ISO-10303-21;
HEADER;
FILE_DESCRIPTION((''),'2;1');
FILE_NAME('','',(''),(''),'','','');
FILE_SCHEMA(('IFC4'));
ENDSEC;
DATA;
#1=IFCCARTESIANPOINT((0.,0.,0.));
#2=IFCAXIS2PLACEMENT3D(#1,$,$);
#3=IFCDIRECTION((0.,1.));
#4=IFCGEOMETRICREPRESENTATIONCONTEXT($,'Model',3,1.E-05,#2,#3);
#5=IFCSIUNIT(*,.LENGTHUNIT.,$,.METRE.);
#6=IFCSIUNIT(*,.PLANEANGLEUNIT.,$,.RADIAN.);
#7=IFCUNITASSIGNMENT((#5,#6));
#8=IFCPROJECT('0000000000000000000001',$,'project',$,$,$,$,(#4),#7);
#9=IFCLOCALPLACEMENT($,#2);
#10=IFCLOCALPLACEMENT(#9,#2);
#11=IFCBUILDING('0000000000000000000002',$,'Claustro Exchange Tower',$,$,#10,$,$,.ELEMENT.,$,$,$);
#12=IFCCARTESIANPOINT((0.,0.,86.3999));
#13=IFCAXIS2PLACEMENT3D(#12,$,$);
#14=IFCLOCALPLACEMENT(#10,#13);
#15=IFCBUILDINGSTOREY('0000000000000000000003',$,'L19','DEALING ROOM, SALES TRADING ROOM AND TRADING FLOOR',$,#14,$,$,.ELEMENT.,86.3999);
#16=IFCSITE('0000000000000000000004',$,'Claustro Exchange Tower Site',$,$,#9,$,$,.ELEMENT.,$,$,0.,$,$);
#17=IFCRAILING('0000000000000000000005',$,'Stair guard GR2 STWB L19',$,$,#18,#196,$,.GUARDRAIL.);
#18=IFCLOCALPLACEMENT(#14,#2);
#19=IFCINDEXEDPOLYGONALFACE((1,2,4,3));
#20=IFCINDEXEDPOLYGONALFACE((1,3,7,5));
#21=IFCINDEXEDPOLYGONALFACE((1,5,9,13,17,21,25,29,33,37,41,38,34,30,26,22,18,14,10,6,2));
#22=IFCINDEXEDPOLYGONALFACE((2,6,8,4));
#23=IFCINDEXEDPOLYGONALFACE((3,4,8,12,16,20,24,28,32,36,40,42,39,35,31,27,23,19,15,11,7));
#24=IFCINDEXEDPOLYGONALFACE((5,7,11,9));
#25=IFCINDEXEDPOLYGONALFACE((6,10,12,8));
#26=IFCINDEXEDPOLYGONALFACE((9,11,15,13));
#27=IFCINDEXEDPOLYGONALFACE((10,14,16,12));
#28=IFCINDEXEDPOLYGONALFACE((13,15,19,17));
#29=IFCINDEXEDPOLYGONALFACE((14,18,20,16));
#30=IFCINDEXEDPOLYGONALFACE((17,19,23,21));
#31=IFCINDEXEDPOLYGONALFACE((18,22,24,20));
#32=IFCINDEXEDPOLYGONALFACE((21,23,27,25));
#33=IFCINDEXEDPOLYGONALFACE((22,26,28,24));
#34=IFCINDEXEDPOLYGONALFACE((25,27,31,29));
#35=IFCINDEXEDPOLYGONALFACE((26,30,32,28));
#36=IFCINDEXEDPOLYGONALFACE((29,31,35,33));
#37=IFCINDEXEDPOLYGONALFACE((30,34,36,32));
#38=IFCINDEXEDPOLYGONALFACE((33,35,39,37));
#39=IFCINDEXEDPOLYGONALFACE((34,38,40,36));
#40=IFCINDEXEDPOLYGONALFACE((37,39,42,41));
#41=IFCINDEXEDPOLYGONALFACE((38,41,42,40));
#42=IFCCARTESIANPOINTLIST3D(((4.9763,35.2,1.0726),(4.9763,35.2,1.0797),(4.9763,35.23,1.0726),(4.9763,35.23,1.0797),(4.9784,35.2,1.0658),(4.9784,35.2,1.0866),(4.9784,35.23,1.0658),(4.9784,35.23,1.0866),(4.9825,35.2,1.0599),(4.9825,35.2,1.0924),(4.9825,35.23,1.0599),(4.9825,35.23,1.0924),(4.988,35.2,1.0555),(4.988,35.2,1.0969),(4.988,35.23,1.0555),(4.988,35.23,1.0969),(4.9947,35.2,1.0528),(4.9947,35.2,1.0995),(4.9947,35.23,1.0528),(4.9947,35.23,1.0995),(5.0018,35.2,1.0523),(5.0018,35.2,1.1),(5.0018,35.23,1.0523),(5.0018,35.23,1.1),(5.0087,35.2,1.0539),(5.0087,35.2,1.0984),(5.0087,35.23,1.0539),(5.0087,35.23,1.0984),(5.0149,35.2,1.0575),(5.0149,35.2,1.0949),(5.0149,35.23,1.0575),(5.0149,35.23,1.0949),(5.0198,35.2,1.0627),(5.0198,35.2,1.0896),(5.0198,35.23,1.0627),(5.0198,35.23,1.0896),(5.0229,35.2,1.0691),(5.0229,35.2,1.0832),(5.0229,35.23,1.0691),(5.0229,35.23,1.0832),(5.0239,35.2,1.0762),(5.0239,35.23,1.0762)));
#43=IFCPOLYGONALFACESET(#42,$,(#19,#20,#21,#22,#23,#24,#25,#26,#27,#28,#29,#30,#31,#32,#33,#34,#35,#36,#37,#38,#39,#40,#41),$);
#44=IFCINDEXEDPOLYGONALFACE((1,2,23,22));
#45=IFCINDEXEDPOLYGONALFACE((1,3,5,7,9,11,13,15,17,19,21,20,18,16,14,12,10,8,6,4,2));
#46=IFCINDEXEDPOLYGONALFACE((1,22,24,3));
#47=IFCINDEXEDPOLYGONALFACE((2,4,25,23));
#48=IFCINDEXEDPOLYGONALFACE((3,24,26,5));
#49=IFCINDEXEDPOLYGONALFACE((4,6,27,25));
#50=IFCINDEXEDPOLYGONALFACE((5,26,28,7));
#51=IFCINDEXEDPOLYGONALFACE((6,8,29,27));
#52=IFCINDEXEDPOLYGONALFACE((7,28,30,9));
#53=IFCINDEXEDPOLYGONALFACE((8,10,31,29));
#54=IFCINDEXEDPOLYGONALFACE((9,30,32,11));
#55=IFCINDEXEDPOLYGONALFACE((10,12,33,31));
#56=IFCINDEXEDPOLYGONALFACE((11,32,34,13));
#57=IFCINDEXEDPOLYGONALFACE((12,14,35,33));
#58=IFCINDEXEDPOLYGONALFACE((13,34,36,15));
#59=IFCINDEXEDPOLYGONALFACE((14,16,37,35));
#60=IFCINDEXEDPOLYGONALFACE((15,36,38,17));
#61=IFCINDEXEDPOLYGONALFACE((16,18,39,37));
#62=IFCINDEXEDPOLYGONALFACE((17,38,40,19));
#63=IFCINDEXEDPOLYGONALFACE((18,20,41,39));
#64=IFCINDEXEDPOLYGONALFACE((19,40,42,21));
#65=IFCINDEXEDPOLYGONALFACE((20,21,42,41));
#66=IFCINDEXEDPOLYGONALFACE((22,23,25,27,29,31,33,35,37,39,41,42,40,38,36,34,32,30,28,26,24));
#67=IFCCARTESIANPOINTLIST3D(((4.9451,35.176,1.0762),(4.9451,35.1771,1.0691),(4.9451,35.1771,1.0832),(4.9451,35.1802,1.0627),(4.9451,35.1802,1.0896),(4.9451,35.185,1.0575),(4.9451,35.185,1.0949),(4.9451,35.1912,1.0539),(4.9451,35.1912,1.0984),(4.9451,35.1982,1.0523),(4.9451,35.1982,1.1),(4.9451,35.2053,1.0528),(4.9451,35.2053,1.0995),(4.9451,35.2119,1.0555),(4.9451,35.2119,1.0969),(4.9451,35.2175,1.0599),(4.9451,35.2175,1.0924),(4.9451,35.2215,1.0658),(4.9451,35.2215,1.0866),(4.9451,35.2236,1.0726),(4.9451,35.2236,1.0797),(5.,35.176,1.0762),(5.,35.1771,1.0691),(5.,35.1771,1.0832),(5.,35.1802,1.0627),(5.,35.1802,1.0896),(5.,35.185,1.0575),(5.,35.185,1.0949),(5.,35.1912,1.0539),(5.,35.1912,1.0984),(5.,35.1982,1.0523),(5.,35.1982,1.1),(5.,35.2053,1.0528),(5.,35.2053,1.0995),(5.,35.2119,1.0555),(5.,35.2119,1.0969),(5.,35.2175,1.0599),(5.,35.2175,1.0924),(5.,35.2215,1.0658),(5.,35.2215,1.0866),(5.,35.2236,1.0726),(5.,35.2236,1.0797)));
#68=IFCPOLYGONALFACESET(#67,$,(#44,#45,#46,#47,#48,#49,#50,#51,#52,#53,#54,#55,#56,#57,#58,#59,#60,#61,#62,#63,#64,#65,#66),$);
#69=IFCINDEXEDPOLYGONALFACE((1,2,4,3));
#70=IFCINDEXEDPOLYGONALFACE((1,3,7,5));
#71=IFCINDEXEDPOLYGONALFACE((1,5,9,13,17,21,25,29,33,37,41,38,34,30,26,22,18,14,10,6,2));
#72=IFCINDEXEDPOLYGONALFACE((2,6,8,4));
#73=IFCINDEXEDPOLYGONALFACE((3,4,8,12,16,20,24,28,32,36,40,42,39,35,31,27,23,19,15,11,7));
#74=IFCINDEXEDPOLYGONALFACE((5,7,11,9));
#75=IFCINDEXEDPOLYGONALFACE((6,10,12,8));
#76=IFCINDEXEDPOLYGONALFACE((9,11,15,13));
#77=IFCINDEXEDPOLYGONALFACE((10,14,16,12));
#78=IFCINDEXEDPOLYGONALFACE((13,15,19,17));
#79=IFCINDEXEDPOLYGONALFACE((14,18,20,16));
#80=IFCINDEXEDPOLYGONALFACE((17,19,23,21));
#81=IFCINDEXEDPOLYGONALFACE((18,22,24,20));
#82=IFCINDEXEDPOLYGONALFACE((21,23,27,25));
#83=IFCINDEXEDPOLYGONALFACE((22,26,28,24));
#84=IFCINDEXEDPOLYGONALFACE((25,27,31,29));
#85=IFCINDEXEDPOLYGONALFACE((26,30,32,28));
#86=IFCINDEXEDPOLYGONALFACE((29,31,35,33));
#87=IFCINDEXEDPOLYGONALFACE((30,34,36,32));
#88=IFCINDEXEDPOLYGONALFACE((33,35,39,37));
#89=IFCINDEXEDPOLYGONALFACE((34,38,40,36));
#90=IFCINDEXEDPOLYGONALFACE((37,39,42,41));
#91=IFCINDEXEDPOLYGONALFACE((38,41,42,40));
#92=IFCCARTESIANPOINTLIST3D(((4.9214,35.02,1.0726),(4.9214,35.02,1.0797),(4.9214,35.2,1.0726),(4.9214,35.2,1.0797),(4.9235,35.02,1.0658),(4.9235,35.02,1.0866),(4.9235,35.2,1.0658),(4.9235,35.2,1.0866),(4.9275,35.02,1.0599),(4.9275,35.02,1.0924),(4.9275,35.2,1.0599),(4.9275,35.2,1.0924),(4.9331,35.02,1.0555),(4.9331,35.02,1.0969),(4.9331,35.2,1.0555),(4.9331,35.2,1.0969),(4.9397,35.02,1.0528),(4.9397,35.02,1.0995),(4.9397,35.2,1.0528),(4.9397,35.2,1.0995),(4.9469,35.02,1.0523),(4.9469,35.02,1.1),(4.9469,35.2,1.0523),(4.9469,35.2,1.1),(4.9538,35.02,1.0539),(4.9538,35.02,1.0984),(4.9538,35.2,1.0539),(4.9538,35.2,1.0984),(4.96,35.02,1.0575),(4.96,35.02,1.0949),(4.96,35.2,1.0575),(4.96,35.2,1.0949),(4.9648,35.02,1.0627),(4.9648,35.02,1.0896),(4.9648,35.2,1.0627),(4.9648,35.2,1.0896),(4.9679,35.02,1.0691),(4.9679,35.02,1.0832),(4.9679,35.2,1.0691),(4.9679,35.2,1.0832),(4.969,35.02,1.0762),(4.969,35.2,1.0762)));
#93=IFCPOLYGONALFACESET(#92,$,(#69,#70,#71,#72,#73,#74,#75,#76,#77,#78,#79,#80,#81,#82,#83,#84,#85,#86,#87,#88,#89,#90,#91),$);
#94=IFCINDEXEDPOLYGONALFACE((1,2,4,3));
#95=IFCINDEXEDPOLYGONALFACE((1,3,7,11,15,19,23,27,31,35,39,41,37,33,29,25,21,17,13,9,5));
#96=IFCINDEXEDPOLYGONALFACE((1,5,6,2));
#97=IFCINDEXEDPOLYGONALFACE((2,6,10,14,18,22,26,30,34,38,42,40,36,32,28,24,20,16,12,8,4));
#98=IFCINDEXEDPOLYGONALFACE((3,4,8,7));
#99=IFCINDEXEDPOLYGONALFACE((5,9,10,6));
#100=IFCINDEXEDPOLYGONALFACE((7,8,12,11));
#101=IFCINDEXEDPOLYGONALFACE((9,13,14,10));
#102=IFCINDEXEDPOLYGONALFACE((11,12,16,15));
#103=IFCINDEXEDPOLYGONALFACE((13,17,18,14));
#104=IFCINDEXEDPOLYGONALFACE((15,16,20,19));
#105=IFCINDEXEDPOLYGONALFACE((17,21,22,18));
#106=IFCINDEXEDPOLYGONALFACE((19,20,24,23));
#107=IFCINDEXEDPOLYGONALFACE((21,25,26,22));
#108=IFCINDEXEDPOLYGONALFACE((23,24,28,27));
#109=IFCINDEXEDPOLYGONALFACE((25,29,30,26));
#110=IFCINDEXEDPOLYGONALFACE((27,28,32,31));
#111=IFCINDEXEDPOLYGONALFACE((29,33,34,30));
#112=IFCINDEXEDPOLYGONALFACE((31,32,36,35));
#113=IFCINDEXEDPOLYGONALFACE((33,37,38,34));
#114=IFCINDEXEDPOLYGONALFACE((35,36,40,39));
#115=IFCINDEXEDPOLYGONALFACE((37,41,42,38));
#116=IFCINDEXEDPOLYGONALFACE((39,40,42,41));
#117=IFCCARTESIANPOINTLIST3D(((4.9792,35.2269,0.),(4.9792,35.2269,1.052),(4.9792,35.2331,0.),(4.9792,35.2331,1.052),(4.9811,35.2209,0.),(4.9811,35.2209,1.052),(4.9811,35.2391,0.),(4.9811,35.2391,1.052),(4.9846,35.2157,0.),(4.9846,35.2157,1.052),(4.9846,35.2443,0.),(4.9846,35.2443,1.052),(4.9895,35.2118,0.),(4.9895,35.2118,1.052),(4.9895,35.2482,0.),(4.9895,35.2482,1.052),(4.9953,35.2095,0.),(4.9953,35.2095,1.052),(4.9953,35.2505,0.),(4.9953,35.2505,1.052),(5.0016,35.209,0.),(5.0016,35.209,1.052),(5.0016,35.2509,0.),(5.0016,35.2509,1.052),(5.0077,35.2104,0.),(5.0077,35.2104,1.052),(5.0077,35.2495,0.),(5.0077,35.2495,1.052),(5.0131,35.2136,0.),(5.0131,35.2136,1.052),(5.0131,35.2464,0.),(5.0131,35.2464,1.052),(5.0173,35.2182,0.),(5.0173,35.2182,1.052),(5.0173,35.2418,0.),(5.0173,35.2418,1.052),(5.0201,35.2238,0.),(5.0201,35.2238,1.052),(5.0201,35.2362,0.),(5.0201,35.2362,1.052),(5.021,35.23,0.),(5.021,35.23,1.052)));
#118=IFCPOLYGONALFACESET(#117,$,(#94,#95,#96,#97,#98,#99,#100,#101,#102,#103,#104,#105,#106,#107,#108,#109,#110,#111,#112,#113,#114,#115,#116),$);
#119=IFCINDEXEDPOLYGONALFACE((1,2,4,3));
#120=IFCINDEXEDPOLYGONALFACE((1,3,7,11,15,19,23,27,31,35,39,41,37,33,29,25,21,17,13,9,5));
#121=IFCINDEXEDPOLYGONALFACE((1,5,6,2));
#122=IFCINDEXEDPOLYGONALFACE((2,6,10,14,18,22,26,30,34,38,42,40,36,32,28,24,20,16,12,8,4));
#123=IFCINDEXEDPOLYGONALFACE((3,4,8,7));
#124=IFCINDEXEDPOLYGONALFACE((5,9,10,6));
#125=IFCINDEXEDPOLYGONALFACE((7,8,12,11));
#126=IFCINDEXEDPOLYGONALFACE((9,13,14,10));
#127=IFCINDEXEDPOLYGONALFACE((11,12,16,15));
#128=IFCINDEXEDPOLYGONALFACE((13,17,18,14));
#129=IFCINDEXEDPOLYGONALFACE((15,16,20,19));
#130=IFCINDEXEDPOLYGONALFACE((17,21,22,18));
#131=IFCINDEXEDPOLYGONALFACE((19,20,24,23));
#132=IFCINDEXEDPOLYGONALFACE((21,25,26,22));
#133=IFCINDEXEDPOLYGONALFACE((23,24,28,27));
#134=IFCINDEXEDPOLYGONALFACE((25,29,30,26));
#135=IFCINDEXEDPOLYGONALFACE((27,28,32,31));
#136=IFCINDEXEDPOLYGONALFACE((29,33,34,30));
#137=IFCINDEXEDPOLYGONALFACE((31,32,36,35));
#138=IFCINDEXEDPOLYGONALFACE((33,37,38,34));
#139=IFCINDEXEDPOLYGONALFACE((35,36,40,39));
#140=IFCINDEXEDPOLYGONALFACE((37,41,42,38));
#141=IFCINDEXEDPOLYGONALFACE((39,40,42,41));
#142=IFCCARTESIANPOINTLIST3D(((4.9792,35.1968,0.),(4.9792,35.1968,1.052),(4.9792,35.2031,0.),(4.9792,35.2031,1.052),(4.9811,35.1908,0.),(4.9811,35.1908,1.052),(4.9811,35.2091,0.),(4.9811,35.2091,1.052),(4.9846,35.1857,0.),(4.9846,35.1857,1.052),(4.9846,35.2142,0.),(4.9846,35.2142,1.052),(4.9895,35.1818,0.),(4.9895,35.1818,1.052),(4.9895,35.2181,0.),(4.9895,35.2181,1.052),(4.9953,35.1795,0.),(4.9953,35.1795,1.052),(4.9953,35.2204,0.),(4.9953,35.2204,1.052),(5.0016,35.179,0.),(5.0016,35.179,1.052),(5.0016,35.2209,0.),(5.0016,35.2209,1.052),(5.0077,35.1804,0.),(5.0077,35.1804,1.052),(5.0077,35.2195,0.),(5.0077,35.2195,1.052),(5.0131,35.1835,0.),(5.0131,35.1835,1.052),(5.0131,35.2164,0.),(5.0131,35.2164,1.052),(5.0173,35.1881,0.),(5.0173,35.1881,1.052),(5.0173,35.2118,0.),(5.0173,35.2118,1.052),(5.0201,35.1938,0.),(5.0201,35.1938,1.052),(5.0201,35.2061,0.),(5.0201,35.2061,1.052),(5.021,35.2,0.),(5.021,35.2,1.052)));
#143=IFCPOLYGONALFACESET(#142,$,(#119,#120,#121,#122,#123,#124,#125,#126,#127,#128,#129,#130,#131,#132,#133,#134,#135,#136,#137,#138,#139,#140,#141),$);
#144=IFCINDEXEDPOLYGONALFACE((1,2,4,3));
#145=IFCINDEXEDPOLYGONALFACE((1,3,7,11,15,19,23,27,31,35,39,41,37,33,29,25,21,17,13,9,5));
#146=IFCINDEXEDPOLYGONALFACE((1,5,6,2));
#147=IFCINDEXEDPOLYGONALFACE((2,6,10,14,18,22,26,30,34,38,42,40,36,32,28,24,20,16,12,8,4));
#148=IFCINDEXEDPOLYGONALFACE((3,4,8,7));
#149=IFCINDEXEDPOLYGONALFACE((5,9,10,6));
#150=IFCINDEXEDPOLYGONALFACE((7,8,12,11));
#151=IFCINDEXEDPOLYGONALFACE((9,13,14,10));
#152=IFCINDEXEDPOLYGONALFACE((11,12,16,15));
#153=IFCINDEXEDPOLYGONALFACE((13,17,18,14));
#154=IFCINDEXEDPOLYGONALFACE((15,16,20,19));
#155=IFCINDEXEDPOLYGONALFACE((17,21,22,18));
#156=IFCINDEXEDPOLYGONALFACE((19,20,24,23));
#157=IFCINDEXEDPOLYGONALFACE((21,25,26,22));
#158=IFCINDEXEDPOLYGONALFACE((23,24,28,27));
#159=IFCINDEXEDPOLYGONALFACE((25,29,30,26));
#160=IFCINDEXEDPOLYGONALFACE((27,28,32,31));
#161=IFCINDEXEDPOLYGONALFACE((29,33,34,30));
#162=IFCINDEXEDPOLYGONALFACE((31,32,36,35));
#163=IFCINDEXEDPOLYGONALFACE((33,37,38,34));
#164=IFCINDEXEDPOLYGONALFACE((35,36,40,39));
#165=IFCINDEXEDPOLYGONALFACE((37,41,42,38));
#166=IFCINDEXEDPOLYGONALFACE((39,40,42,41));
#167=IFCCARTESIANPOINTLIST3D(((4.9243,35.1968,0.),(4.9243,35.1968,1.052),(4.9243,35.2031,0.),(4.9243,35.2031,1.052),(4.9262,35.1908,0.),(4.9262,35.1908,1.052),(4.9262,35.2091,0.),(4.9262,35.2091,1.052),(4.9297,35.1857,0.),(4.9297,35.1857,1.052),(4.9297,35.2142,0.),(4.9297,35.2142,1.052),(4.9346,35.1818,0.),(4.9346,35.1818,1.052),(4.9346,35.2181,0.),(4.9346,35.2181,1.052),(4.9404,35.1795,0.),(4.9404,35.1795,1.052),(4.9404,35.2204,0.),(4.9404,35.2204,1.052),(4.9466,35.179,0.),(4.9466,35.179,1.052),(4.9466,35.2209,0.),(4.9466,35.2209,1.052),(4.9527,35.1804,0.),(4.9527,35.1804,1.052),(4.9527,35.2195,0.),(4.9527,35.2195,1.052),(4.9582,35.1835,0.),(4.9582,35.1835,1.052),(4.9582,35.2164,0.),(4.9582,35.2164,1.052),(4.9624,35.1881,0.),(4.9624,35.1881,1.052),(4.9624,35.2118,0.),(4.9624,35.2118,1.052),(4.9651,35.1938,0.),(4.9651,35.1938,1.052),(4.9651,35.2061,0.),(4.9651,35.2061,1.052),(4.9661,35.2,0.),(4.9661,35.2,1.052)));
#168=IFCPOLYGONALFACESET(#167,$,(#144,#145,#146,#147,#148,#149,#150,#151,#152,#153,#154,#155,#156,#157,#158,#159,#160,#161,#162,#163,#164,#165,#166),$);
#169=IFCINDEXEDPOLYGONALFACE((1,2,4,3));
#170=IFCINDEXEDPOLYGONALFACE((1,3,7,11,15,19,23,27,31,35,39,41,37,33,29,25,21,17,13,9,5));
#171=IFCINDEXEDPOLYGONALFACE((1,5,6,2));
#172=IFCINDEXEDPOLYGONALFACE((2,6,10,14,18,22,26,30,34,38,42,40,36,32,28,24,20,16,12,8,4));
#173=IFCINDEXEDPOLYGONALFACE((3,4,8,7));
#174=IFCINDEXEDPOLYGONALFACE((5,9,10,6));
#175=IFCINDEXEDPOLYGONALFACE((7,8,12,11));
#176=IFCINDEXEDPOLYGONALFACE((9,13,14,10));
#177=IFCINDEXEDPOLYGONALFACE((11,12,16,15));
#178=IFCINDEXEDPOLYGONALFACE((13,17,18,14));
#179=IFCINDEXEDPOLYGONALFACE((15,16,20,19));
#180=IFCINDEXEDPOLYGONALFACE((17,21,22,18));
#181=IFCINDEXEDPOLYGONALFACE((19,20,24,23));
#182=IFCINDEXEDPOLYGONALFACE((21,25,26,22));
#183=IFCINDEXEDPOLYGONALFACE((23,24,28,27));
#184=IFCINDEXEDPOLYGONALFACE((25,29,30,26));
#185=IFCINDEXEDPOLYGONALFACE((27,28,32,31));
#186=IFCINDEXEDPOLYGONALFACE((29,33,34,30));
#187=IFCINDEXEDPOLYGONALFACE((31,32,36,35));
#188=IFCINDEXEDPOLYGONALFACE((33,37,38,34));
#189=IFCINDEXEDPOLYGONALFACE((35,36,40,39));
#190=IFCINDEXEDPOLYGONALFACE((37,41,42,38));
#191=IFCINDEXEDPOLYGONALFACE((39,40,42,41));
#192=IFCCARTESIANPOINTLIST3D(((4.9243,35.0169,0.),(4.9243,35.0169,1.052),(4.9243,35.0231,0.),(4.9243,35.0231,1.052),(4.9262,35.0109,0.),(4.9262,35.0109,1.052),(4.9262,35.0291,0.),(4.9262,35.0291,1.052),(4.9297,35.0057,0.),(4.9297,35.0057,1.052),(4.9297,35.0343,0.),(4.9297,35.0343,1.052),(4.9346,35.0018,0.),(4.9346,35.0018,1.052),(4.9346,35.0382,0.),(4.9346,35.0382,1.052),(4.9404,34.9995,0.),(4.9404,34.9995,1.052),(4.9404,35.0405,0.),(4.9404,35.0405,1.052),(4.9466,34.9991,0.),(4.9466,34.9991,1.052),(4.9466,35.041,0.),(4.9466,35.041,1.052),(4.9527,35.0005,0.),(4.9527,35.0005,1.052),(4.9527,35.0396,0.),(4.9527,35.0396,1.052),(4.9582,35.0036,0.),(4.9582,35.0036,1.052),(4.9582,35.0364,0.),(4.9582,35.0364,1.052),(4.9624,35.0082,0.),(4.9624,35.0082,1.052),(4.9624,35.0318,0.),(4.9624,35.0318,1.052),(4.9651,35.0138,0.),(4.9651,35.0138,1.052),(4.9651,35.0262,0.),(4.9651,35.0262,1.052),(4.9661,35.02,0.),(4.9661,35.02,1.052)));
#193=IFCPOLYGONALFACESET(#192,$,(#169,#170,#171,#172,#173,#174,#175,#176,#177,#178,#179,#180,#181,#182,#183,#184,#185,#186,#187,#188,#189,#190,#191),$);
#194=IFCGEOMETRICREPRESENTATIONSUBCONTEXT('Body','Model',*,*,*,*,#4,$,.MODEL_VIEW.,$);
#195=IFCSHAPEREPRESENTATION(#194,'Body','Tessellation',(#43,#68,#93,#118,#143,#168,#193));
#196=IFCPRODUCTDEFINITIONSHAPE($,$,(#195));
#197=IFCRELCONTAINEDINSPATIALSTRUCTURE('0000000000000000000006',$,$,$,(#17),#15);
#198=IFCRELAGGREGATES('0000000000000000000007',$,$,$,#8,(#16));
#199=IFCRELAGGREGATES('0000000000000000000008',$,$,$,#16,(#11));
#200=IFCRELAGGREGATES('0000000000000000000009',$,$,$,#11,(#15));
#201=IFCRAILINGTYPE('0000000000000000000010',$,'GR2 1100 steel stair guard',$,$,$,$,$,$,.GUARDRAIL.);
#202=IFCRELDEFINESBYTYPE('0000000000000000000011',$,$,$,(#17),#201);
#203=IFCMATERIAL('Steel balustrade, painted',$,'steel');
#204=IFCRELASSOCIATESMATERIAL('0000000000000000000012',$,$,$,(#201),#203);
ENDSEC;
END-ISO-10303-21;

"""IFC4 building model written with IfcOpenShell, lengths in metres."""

from ifc_helpers import new_model, si_unit, direction, frame, origin, origin_2d, place, context, subcontext, project, spatial, circle, extrude, material, type_object, element, save


model = new_model("IFC4")

# Units and contexts
model_context = context("Model", 3, precision=1e-05, world=origin(), true_north=direction((0.0, 1.0)))
body_context = subcontext(model_context, "Body", "Model", "MODEL_VIEW")
ifc_project = project(units=[si_unit("LENGTHUNIT", "METRE"), si_unit("PLANEANGLEUNIT", "RADIAN")], contexts=[model_context])

# Site, building, storey
site_placement = place(None, origin())
site = spatial("IfcSite", under=ifc_project, at=site_placement, Name="Claustro Exchange Tower Site", CompositionType="ELEMENT", RefElevation=0.0)
building_placement = place(site_placement, origin())
building = spatial("IfcBuilding", under=site, at=building_placement, Name="Claustro Exchange Tower", CompositionType="ELEMENT")
storey_placement = place(building_placement, frame((0.0, 0.0, 86.3999)))
storey = spatial("IfcBuildingStorey", under=building, at=storey_placement, Name="L19", Description="DEALING ROOM, SALES TRADING ROOM AND TRADING FLOOR", CompositionType="ELEMENT", Elevation=86.3999)

# Railing
ifc_material_1 = material(Name="Steel balustrade, painted", Category="steel")
railing_type_1 = type_object("IfcRailingType", Name="GR2 1100 steel stair guard", PredefinedType="GUARDRAIL", material=ifc_material_1)
railing_1_placement = place(storey_placement, frame((5.0, 35.23, 0.0)))
element("IfcRailing", 1, at=railing_1_placement, inside=storey, type_object=railing_type_1, Name="Stair guard GR2 STWB L19", PredefinedType="GUARDRAIL", context=body_context, shape_type="SweptSolid", body=[
    extrude(circle(Radius=0.0239, at=origin_2d()), frame((0.0, 0.0, 1.0762), z_axis=(0.0, -1.0, 0.0), x_axis=(1.0, 0.0, 0.0)), (0.0, 0.0, 1.0), 0.03),
    extrude(circle(Radius=0.0239, at=origin_2d()), frame((0.0, -0.03, 1.0762), z_axis=(-1.0, 0.0, 0.0), x_axis=(0.0, -1.0, 0.0)), (0.0, 0.0, 1.0), 0.0549),
    extrude(circle(Radius=0.0239, at=origin_2d()), frame((-0.0549, -0.03, 1.0762), z_axis=(0.0, -1.0, 0.0), x_axis=(1.0, 0.0, 0.0)), (0.0, 0.0, 1.0), 0.1799),
    extrude(circle(Radius=0.021, at=origin_2d()), origin(), (0.0, 0.0, 1.0), 1.052),
    extrude(circle(Radius=0.021, at=origin_2d()), frame((0.0, -0.03, 0.0)), (0.0, 0.0, 1.0), 1.052),
    extrude(circle(Radius=0.021, at=origin_2d()), frame((-0.0549, -0.03, 0.0)), (0.0, 0.0, 1.0), 1.052),
    extrude(circle(Radius=0.021, at=origin_2d()), frame((-0.0549, -0.21, 0.0)), (0.0, 0.0, 1.0), 1.052),
])

save(model, "model.ifc")
